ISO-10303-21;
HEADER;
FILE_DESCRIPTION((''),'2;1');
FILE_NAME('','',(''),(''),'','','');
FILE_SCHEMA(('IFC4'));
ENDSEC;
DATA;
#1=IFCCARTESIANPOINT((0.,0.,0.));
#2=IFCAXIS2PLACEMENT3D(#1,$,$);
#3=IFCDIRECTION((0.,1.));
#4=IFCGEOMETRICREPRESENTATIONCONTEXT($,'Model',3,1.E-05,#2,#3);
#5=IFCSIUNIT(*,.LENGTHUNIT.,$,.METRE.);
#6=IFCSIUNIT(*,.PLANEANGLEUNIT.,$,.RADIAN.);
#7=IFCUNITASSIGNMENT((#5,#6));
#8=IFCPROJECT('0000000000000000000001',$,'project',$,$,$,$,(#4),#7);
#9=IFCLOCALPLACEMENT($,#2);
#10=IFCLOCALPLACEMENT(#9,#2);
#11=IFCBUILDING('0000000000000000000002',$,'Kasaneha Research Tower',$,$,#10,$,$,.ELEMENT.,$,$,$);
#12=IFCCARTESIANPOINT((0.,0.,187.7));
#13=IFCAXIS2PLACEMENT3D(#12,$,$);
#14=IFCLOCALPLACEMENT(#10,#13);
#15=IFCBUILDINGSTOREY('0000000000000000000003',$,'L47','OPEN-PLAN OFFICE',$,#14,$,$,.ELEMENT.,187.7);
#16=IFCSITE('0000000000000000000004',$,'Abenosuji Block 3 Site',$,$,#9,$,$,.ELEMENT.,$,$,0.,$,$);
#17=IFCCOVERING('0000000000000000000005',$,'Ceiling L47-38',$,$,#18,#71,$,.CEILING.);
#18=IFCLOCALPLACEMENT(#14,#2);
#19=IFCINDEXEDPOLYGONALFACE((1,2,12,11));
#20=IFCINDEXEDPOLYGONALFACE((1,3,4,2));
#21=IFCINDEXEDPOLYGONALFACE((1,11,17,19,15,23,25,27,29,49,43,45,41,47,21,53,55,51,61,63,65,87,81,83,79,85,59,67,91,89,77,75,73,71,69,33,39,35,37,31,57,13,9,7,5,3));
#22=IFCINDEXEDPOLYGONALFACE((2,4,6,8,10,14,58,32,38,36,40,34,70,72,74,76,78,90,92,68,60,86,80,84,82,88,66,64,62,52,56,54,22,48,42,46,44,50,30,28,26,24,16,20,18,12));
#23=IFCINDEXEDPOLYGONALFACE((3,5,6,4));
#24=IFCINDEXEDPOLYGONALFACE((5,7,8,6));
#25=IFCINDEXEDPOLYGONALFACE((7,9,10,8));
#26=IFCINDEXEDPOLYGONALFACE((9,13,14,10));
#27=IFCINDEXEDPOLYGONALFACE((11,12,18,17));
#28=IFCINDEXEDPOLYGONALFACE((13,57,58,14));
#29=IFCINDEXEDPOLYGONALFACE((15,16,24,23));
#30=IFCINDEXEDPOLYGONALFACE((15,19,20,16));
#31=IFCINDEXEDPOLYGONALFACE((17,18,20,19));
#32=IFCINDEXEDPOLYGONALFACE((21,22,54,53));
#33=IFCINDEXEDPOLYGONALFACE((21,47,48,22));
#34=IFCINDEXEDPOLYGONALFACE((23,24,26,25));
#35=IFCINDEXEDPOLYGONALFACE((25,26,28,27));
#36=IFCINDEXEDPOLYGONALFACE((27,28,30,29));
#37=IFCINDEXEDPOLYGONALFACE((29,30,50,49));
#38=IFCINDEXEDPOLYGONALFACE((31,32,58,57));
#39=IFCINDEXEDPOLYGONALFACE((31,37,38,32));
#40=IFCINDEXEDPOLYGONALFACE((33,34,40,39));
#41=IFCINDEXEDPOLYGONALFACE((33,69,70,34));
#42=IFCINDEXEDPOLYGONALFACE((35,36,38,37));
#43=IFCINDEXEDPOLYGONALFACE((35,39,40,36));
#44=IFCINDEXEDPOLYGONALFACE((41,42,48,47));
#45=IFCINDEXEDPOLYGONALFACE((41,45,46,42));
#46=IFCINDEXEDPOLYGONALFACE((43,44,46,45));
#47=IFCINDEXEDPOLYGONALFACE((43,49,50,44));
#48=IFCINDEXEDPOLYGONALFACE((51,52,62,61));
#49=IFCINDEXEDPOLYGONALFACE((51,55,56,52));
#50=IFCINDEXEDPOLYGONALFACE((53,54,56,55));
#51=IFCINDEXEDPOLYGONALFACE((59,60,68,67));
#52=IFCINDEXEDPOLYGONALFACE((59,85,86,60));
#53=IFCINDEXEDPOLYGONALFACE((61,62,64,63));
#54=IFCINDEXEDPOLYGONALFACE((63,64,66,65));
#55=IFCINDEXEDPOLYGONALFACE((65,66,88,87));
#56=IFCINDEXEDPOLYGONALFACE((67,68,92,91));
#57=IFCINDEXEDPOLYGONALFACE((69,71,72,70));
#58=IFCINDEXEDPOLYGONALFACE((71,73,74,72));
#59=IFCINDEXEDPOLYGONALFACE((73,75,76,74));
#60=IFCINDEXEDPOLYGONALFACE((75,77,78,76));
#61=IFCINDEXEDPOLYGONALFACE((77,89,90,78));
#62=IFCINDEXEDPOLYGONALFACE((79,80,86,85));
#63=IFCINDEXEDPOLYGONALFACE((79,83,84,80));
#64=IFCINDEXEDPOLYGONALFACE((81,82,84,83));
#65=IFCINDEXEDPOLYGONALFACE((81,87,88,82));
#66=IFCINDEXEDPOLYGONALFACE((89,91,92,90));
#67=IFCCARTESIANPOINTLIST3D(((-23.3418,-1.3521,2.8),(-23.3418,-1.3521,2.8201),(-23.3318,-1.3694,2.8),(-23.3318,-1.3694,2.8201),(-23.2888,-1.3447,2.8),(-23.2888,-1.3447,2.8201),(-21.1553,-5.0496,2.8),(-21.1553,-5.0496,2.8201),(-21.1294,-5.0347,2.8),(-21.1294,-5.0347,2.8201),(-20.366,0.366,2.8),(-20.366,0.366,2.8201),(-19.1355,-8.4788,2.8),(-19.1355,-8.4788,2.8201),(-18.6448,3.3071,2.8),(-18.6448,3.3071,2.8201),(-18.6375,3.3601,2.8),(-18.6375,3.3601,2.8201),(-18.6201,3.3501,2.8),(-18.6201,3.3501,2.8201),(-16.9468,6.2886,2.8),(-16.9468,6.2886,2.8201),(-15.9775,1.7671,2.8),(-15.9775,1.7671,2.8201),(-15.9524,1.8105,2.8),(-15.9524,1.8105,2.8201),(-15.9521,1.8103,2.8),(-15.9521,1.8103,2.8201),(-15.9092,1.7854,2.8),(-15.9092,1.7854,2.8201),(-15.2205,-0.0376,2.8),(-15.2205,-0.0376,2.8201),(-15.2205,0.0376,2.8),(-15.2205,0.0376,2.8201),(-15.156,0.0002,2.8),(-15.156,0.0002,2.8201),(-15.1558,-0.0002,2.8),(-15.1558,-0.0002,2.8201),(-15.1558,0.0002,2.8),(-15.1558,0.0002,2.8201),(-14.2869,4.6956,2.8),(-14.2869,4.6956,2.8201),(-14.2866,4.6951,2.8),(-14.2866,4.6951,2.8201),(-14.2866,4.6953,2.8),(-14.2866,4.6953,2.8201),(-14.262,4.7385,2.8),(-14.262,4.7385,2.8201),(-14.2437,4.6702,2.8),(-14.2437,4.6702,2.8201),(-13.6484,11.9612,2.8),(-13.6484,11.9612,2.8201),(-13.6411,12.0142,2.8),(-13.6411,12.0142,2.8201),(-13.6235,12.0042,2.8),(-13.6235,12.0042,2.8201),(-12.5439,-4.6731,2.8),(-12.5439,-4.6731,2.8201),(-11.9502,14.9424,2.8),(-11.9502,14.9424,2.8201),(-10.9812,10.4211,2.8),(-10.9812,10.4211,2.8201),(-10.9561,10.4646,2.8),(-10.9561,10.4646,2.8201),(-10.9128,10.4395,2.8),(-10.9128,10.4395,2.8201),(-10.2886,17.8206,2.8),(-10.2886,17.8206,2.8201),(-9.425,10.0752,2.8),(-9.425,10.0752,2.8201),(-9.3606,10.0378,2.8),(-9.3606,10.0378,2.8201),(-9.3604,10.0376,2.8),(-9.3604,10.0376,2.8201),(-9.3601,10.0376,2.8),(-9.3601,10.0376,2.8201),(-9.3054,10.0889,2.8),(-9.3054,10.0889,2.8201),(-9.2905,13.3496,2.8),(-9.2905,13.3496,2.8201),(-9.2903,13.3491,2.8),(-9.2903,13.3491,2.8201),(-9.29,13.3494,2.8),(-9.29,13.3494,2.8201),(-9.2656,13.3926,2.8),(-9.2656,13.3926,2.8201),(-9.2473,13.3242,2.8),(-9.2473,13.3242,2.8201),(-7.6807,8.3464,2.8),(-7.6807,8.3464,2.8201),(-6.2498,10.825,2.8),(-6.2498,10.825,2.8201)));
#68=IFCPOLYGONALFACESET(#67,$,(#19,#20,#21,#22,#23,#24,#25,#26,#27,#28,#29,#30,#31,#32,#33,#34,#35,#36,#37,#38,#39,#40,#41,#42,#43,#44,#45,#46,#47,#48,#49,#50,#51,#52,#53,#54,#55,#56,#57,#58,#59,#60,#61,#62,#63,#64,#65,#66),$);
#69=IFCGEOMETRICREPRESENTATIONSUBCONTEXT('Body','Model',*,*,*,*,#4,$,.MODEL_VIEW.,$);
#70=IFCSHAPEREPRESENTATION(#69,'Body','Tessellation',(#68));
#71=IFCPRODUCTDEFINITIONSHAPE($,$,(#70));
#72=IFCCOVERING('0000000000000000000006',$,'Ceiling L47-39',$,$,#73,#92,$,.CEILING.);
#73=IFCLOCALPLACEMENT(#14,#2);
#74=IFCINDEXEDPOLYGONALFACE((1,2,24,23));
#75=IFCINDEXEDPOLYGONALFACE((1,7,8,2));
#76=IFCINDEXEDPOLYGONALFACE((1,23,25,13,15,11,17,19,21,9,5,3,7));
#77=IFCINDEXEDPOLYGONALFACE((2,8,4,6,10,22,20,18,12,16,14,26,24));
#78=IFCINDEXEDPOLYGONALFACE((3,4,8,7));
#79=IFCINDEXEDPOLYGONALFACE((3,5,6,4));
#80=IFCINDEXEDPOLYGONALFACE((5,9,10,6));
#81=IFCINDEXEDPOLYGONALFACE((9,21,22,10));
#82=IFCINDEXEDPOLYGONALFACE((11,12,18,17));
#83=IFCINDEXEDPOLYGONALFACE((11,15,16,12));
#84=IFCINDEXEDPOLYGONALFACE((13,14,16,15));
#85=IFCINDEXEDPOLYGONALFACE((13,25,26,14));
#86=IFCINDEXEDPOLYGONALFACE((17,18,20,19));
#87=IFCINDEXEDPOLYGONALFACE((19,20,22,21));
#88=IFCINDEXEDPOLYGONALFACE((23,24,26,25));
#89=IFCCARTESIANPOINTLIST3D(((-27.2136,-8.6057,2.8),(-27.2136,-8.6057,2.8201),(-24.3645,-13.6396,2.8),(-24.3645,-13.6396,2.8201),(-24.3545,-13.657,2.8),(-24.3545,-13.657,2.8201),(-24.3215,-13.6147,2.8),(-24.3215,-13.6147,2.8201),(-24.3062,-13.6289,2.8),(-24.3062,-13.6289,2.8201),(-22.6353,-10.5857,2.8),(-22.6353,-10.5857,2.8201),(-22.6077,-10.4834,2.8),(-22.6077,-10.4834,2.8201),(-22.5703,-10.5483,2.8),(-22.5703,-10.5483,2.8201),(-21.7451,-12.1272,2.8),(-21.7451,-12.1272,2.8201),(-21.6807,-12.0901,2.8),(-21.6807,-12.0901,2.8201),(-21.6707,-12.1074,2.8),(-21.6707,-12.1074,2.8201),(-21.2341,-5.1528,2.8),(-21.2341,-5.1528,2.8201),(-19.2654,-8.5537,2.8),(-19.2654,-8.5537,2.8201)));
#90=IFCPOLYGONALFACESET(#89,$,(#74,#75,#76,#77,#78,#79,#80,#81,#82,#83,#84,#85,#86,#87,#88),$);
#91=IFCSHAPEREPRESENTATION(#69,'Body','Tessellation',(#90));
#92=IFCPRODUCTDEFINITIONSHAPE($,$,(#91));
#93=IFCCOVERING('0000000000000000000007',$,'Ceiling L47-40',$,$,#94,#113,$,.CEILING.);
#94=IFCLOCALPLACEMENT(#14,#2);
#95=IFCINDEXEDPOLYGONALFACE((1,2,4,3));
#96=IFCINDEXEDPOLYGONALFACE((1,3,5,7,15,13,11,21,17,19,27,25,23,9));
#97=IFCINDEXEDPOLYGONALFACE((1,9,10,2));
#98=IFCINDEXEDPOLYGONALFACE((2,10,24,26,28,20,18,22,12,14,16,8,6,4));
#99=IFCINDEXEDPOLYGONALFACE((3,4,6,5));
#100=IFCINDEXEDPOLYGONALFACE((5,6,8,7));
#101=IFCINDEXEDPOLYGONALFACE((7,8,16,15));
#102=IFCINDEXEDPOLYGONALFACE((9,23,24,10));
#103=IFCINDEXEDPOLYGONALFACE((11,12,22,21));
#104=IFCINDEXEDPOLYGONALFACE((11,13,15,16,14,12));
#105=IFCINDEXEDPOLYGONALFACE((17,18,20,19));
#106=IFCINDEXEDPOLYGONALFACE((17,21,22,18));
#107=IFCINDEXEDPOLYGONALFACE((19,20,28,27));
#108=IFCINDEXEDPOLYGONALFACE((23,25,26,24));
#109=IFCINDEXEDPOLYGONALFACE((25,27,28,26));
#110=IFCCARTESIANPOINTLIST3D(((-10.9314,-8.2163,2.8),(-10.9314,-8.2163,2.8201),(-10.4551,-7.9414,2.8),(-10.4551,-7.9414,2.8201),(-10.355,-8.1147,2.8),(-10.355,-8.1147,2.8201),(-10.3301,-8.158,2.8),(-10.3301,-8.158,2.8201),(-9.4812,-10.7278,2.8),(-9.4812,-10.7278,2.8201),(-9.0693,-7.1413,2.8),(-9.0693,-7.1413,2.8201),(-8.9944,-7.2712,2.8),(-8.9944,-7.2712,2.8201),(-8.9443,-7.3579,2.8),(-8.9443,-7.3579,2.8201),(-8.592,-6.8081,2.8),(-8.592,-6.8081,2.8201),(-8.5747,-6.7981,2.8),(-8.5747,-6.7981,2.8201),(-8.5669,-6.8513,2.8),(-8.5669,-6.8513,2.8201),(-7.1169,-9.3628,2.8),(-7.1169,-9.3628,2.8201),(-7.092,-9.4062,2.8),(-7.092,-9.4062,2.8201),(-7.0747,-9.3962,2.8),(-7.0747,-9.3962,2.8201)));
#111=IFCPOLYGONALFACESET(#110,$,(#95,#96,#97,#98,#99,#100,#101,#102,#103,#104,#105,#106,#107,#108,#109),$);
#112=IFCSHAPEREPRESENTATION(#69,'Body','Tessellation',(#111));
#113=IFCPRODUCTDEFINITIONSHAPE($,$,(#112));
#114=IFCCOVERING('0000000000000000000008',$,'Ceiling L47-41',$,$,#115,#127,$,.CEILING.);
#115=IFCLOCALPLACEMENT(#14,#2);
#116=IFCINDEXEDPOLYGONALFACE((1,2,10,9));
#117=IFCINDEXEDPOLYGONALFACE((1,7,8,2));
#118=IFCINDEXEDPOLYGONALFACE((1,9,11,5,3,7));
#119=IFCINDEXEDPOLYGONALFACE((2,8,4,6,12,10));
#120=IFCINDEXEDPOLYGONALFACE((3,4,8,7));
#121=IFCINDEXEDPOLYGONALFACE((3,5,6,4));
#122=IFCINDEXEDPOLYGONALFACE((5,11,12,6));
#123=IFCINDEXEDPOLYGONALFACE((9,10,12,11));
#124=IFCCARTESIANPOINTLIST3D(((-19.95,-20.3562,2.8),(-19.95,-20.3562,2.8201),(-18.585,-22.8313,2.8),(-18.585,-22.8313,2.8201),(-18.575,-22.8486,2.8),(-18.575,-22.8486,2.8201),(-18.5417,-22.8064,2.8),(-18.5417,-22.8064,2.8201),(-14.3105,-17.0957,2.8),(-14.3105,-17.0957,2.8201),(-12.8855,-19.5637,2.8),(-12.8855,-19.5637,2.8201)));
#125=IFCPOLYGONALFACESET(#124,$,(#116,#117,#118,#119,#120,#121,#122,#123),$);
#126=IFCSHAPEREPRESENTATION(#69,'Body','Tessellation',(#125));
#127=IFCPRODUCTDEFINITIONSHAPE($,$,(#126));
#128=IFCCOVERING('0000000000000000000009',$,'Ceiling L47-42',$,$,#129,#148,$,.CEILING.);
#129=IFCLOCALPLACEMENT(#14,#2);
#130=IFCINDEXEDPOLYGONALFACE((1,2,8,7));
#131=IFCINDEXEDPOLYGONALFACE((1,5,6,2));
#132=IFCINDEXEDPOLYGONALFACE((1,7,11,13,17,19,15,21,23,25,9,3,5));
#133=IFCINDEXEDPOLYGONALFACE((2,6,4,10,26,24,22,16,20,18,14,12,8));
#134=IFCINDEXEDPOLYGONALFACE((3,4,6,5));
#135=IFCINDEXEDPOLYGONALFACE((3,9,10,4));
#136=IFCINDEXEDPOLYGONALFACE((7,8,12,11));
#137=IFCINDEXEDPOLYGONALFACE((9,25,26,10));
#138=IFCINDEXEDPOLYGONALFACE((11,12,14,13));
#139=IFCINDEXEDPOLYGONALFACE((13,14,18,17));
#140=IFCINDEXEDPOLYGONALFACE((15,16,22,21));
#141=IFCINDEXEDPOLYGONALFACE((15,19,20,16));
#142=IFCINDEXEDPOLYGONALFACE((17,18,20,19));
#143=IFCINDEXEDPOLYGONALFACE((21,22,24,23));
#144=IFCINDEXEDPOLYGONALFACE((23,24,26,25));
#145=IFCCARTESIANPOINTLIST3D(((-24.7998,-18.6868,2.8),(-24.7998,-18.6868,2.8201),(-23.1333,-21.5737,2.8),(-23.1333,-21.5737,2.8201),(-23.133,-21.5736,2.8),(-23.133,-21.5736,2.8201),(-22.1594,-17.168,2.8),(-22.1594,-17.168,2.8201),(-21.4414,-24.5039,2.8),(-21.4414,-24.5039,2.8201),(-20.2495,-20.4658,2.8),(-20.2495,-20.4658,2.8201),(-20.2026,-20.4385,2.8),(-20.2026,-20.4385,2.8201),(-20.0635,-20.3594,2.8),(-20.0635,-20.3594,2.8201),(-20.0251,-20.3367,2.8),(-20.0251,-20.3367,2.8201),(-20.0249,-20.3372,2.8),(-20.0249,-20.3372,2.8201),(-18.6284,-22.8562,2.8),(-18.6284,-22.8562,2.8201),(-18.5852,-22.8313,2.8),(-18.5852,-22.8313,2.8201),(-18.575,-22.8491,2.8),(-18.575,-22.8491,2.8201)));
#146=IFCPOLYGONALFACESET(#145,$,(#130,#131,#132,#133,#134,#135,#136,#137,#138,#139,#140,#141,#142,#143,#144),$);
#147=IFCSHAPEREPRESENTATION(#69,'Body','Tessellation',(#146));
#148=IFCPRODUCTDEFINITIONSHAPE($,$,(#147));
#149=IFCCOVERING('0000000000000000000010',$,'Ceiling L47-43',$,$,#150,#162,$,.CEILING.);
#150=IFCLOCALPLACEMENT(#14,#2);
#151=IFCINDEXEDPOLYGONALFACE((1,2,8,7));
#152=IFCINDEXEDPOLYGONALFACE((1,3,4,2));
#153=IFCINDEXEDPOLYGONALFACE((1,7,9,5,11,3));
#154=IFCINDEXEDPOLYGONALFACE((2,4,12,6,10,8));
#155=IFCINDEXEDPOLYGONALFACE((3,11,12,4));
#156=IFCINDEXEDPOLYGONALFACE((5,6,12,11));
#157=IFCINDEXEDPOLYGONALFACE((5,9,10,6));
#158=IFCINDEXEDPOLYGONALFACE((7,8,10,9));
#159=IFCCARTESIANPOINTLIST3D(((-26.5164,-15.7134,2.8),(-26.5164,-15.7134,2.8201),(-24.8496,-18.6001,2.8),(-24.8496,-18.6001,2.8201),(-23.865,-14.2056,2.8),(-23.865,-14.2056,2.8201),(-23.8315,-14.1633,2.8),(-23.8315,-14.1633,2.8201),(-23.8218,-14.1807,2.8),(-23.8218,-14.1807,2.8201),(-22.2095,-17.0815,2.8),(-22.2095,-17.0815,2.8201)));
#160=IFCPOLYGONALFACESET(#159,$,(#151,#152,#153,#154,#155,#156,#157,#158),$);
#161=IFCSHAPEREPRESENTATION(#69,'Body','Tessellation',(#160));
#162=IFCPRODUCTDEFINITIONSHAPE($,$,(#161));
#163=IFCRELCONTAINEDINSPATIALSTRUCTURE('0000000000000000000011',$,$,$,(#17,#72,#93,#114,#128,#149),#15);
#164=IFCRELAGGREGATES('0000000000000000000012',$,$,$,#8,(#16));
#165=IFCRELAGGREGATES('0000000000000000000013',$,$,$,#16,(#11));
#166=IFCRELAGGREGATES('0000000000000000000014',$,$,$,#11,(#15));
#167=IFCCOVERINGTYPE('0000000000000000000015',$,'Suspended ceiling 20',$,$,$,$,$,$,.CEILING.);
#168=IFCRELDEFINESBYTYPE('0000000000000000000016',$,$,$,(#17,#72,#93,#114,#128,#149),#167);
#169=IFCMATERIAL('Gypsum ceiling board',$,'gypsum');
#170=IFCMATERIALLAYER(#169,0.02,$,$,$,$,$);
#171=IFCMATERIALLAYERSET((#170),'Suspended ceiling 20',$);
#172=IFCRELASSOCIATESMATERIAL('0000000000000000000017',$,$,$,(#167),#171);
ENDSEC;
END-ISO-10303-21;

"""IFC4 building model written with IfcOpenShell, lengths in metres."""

from ifc_helpers import new_model, si_unit, direction, frame, origin, place, context, subcontext, project, spatial, polyline, outline, extrude, material, layer, layer_set, type_object, element, save


model = new_model("IFC4")

# Units and contexts
model_context = context("Model", 3, precision=1e-05, world=origin(), true_north=direction((0.0, 1.0)))
body_context = subcontext(model_context, "Body", "Model", "MODEL_VIEW")
ifc_project = project(units=[si_unit("LENGTHUNIT", "METRE"), si_unit("PLANEANGLEUNIT", "RADIAN")], contexts=[model_context])

# Site, building, storey
site_placement = place(None, origin())
site = spatial("IfcSite", under=ifc_project, at=site_placement, Name="Abenosuji Block 3 Site", CompositionType="ELEMENT", RefElevation=0.0)
building_placement = place(site_placement, origin())
building = spatial("IfcBuilding", under=site, at=building_placement, Name="Kasaneha Research Tower", CompositionType="ELEMENT")
storey_placement = place(building_placement, frame((0.0, 0.0, 187.7)))
storey = spatial("IfcBuildingStorey", under=building, at=storey_placement, Name="L47", Description="OPEN-PLAN OFFICE", CompositionType="ELEMENT", Elevation=187.7)

# Coverings
ifc_material_1 = material(Name="Gypsum ceiling board", Category="gypsum")
ifc_layer_1 = layer(ifc_material_1, 0.02)
ifc_layer_set_1 = layer_set([ifc_layer_1], Name="Suspended ceiling 20")
covering_type_1 = type_object("IfcCoveringType", Name="Suspended ceiling 20", PredefinedType="CEILING", material=ifc_layer_set_1)
covering_1_placement = place(storey_placement, frame((0.0, 0.0, 2.8)))
element("IfcCovering", 1, at=covering_1_placement, inside=storey, type_object=covering_type_1, Name="Ceiling L47-38", PredefinedType="CEILING", context=body_context, shape_type="SweptSolid", body=[
    extrude(outline(polyline([(-9.3606, 10.0378), (-9.3606, 10.0378), (-9.425, 10.0752), (-15.2205, 0.0376), (-15.1558, 0.0002), (-15.156, 0.0002), (-15.1558, -0.0002), (-15.2205, -0.0376), (-12.5439, -4.6731), (-19.1355, -8.4788), (-21.1294, -5.0347), (-21.1553, -5.0496), (-23.2888, -1.3447), (-23.3318, -1.3694), (-23.3418, -1.3521), (-20.366, 0.366), (-18.6375, 3.3601), (-18.6201, 3.3501), (-18.6448, 3.3071), (-15.9775, 1.7671), (-15.9524, 1.8105), (-15.9521, 1.8103), (-15.9521, 1.8103), (-15.9092, 1.7854), (-14.2437, 4.6702), (-14.2866, 4.6951), (-14.2866, 4.6953), (-14.2869, 4.6956), (-14.262, 4.7385), (-16.9468, 6.2886), (-13.6411, 12.0142), (-13.6235, 12.0042), (-13.6484, 11.9612), (-10.9812, 10.4211), (-10.9561, 10.4646), (-10.9128, 10.4395), (-9.2473, 13.3242), (-9.2903, 13.3491), (-9.29, 13.3494), (-9.2905, 13.3496), (-9.2656, 13.3926), (-11.9502, 14.9424), (-10.2886, 17.8206), (-6.2498, 10.825), (-7.6807, 8.3464), (-9.3054, 10.0889), (-9.3601, 10.0376), (-9.3604, 10.0376), (-9.3606, 10.0378)])), origin(), (0.0, 0.0, 1.0), 0.02),
])
covering_2_placement = place(storey_placement, frame((0.0, 0.0, 2.8)))
element("IfcCovering", 2, at=covering_2_placement, inside=storey, type_object=covering_type_1, Name="Ceiling L47-39", PredefinedType="CEILING", context=body_context, shape_type="SweptSolid", body=[
    extrude(outline(polyline([(-24.3062, -13.6289), (-24.3545, -13.657), (-24.3645, -13.6396), (-24.3215, -13.6147), (-27.2136, -8.6057), (-21.2341, -5.1528), (-19.2654, -8.5537), (-22.6077, -10.4834), (-22.5703, -10.5483), (-22.6353, -10.5857), (-21.7451, -12.1272), (-21.6807, -12.0901), (-21.6707, -12.1074), (-24.3062, -13.6289)])), origin(), (0.0, 0.0, 1.0), 0.02),
])
covering_3_placement = place(storey_placement, frame((0.0, 0.0, 2.8)))
element("IfcCovering", 3, at=covering_3_placement, inside=storey, type_object=covering_type_1, Name="Ceiling L47-40", PredefinedType="CEILING", context=body_context, shape_type="SweptSolid", body=[
    extrude(outline(polyline([(-10.355, -8.1147), (-10.355, -8.1147), (-10.3301, -8.158), (-8.9443, -7.3579), (-8.9944, -7.2712), (-8.9944, -7.2712), (-9.0942, -7.0981), (-9.0942, -7.0981), (-9.0693, -7.1414), (-8.5669, -6.8513), (-8.592, -6.8081), (-8.5747, -6.7981), (-7.0747, -9.3962), (-7.092, -9.4062), (-7.1169, -9.3628), (-9.4812, -10.7278), (-10.9314, -8.2163), (-10.4551, -7.9414), (-10.355, -8.1147)])), origin(), (0.0, 0.0, 1.0), 0.02),
])
covering_4_placement = place(storey_placement, frame((0.0, 0.0, 2.8)))
element("IfcCovering", 4, at=covering_4_placement, inside=storey, type_object=covering_type_1, Name="Ceiling L47-41", PredefinedType="CEILING", context=body_context, shape_type="SweptSolid", body=[
    extrude(outline(polyline([(-18.575, -22.8486), (-18.585, -22.8313), (-18.5417, -22.8064), (-19.95, -20.3562), (-14.3105, -17.0957), (-12.8855, -19.5637), (-18.575, -22.8486)])), origin(), (0.0, 0.0, 1.0), 0.02),
])
covering_5_placement = place(storey_placement, frame((0.0, 0.0, 2.8)))
element("IfcCovering", 5, at=covering_5_placement, inside=storey, type_object=covering_type_1, Name="Ceiling L47-42", PredefinedType="CEILING", context=body_context, shape_type="SweptSolid", body=[
    extrude(outline(polyline([(-20.0251, -20.3367), (-20.0249, -20.3372), (-20.0635, -20.3594), (-18.6284, -22.8562), (-18.5852, -22.8313), (-18.575, -22.8491), (-21.4414, -24.5039), (-23.1333, -21.5737), (-20.8503, -20.2556), (-23.1331, -21.5735), (-24.7998, -18.6868), (-22.1594, -17.168), (-20.2495, -20.4658), (-20.2026, -20.4385), (-20.0251, -20.3367)])), origin(), (0.0, 0.0, 1.0), 0.02),
])
covering_6_placement = place(storey_placement, frame((0.0, 0.0, 2.8)))
element("IfcCovering", 6, at=covering_6_placement, inside=storey, type_object=covering_type_1, Name="Ceiling L47-43", PredefinedType="CEILING", context=body_context, shape_type="SweptSolid", body=[
    extrude(outline(polyline([(-23.8315, -14.1633), (-23.8218, -14.1807), (-23.865, -14.2056), (-22.2095, -17.0815), (-24.8496, -18.6001), (-26.5164, -15.7134), (-23.8315, -14.1633)])), origin(), (0.0, 0.0, 1.0), 0.02),
])

save(model, "model.ifc")
